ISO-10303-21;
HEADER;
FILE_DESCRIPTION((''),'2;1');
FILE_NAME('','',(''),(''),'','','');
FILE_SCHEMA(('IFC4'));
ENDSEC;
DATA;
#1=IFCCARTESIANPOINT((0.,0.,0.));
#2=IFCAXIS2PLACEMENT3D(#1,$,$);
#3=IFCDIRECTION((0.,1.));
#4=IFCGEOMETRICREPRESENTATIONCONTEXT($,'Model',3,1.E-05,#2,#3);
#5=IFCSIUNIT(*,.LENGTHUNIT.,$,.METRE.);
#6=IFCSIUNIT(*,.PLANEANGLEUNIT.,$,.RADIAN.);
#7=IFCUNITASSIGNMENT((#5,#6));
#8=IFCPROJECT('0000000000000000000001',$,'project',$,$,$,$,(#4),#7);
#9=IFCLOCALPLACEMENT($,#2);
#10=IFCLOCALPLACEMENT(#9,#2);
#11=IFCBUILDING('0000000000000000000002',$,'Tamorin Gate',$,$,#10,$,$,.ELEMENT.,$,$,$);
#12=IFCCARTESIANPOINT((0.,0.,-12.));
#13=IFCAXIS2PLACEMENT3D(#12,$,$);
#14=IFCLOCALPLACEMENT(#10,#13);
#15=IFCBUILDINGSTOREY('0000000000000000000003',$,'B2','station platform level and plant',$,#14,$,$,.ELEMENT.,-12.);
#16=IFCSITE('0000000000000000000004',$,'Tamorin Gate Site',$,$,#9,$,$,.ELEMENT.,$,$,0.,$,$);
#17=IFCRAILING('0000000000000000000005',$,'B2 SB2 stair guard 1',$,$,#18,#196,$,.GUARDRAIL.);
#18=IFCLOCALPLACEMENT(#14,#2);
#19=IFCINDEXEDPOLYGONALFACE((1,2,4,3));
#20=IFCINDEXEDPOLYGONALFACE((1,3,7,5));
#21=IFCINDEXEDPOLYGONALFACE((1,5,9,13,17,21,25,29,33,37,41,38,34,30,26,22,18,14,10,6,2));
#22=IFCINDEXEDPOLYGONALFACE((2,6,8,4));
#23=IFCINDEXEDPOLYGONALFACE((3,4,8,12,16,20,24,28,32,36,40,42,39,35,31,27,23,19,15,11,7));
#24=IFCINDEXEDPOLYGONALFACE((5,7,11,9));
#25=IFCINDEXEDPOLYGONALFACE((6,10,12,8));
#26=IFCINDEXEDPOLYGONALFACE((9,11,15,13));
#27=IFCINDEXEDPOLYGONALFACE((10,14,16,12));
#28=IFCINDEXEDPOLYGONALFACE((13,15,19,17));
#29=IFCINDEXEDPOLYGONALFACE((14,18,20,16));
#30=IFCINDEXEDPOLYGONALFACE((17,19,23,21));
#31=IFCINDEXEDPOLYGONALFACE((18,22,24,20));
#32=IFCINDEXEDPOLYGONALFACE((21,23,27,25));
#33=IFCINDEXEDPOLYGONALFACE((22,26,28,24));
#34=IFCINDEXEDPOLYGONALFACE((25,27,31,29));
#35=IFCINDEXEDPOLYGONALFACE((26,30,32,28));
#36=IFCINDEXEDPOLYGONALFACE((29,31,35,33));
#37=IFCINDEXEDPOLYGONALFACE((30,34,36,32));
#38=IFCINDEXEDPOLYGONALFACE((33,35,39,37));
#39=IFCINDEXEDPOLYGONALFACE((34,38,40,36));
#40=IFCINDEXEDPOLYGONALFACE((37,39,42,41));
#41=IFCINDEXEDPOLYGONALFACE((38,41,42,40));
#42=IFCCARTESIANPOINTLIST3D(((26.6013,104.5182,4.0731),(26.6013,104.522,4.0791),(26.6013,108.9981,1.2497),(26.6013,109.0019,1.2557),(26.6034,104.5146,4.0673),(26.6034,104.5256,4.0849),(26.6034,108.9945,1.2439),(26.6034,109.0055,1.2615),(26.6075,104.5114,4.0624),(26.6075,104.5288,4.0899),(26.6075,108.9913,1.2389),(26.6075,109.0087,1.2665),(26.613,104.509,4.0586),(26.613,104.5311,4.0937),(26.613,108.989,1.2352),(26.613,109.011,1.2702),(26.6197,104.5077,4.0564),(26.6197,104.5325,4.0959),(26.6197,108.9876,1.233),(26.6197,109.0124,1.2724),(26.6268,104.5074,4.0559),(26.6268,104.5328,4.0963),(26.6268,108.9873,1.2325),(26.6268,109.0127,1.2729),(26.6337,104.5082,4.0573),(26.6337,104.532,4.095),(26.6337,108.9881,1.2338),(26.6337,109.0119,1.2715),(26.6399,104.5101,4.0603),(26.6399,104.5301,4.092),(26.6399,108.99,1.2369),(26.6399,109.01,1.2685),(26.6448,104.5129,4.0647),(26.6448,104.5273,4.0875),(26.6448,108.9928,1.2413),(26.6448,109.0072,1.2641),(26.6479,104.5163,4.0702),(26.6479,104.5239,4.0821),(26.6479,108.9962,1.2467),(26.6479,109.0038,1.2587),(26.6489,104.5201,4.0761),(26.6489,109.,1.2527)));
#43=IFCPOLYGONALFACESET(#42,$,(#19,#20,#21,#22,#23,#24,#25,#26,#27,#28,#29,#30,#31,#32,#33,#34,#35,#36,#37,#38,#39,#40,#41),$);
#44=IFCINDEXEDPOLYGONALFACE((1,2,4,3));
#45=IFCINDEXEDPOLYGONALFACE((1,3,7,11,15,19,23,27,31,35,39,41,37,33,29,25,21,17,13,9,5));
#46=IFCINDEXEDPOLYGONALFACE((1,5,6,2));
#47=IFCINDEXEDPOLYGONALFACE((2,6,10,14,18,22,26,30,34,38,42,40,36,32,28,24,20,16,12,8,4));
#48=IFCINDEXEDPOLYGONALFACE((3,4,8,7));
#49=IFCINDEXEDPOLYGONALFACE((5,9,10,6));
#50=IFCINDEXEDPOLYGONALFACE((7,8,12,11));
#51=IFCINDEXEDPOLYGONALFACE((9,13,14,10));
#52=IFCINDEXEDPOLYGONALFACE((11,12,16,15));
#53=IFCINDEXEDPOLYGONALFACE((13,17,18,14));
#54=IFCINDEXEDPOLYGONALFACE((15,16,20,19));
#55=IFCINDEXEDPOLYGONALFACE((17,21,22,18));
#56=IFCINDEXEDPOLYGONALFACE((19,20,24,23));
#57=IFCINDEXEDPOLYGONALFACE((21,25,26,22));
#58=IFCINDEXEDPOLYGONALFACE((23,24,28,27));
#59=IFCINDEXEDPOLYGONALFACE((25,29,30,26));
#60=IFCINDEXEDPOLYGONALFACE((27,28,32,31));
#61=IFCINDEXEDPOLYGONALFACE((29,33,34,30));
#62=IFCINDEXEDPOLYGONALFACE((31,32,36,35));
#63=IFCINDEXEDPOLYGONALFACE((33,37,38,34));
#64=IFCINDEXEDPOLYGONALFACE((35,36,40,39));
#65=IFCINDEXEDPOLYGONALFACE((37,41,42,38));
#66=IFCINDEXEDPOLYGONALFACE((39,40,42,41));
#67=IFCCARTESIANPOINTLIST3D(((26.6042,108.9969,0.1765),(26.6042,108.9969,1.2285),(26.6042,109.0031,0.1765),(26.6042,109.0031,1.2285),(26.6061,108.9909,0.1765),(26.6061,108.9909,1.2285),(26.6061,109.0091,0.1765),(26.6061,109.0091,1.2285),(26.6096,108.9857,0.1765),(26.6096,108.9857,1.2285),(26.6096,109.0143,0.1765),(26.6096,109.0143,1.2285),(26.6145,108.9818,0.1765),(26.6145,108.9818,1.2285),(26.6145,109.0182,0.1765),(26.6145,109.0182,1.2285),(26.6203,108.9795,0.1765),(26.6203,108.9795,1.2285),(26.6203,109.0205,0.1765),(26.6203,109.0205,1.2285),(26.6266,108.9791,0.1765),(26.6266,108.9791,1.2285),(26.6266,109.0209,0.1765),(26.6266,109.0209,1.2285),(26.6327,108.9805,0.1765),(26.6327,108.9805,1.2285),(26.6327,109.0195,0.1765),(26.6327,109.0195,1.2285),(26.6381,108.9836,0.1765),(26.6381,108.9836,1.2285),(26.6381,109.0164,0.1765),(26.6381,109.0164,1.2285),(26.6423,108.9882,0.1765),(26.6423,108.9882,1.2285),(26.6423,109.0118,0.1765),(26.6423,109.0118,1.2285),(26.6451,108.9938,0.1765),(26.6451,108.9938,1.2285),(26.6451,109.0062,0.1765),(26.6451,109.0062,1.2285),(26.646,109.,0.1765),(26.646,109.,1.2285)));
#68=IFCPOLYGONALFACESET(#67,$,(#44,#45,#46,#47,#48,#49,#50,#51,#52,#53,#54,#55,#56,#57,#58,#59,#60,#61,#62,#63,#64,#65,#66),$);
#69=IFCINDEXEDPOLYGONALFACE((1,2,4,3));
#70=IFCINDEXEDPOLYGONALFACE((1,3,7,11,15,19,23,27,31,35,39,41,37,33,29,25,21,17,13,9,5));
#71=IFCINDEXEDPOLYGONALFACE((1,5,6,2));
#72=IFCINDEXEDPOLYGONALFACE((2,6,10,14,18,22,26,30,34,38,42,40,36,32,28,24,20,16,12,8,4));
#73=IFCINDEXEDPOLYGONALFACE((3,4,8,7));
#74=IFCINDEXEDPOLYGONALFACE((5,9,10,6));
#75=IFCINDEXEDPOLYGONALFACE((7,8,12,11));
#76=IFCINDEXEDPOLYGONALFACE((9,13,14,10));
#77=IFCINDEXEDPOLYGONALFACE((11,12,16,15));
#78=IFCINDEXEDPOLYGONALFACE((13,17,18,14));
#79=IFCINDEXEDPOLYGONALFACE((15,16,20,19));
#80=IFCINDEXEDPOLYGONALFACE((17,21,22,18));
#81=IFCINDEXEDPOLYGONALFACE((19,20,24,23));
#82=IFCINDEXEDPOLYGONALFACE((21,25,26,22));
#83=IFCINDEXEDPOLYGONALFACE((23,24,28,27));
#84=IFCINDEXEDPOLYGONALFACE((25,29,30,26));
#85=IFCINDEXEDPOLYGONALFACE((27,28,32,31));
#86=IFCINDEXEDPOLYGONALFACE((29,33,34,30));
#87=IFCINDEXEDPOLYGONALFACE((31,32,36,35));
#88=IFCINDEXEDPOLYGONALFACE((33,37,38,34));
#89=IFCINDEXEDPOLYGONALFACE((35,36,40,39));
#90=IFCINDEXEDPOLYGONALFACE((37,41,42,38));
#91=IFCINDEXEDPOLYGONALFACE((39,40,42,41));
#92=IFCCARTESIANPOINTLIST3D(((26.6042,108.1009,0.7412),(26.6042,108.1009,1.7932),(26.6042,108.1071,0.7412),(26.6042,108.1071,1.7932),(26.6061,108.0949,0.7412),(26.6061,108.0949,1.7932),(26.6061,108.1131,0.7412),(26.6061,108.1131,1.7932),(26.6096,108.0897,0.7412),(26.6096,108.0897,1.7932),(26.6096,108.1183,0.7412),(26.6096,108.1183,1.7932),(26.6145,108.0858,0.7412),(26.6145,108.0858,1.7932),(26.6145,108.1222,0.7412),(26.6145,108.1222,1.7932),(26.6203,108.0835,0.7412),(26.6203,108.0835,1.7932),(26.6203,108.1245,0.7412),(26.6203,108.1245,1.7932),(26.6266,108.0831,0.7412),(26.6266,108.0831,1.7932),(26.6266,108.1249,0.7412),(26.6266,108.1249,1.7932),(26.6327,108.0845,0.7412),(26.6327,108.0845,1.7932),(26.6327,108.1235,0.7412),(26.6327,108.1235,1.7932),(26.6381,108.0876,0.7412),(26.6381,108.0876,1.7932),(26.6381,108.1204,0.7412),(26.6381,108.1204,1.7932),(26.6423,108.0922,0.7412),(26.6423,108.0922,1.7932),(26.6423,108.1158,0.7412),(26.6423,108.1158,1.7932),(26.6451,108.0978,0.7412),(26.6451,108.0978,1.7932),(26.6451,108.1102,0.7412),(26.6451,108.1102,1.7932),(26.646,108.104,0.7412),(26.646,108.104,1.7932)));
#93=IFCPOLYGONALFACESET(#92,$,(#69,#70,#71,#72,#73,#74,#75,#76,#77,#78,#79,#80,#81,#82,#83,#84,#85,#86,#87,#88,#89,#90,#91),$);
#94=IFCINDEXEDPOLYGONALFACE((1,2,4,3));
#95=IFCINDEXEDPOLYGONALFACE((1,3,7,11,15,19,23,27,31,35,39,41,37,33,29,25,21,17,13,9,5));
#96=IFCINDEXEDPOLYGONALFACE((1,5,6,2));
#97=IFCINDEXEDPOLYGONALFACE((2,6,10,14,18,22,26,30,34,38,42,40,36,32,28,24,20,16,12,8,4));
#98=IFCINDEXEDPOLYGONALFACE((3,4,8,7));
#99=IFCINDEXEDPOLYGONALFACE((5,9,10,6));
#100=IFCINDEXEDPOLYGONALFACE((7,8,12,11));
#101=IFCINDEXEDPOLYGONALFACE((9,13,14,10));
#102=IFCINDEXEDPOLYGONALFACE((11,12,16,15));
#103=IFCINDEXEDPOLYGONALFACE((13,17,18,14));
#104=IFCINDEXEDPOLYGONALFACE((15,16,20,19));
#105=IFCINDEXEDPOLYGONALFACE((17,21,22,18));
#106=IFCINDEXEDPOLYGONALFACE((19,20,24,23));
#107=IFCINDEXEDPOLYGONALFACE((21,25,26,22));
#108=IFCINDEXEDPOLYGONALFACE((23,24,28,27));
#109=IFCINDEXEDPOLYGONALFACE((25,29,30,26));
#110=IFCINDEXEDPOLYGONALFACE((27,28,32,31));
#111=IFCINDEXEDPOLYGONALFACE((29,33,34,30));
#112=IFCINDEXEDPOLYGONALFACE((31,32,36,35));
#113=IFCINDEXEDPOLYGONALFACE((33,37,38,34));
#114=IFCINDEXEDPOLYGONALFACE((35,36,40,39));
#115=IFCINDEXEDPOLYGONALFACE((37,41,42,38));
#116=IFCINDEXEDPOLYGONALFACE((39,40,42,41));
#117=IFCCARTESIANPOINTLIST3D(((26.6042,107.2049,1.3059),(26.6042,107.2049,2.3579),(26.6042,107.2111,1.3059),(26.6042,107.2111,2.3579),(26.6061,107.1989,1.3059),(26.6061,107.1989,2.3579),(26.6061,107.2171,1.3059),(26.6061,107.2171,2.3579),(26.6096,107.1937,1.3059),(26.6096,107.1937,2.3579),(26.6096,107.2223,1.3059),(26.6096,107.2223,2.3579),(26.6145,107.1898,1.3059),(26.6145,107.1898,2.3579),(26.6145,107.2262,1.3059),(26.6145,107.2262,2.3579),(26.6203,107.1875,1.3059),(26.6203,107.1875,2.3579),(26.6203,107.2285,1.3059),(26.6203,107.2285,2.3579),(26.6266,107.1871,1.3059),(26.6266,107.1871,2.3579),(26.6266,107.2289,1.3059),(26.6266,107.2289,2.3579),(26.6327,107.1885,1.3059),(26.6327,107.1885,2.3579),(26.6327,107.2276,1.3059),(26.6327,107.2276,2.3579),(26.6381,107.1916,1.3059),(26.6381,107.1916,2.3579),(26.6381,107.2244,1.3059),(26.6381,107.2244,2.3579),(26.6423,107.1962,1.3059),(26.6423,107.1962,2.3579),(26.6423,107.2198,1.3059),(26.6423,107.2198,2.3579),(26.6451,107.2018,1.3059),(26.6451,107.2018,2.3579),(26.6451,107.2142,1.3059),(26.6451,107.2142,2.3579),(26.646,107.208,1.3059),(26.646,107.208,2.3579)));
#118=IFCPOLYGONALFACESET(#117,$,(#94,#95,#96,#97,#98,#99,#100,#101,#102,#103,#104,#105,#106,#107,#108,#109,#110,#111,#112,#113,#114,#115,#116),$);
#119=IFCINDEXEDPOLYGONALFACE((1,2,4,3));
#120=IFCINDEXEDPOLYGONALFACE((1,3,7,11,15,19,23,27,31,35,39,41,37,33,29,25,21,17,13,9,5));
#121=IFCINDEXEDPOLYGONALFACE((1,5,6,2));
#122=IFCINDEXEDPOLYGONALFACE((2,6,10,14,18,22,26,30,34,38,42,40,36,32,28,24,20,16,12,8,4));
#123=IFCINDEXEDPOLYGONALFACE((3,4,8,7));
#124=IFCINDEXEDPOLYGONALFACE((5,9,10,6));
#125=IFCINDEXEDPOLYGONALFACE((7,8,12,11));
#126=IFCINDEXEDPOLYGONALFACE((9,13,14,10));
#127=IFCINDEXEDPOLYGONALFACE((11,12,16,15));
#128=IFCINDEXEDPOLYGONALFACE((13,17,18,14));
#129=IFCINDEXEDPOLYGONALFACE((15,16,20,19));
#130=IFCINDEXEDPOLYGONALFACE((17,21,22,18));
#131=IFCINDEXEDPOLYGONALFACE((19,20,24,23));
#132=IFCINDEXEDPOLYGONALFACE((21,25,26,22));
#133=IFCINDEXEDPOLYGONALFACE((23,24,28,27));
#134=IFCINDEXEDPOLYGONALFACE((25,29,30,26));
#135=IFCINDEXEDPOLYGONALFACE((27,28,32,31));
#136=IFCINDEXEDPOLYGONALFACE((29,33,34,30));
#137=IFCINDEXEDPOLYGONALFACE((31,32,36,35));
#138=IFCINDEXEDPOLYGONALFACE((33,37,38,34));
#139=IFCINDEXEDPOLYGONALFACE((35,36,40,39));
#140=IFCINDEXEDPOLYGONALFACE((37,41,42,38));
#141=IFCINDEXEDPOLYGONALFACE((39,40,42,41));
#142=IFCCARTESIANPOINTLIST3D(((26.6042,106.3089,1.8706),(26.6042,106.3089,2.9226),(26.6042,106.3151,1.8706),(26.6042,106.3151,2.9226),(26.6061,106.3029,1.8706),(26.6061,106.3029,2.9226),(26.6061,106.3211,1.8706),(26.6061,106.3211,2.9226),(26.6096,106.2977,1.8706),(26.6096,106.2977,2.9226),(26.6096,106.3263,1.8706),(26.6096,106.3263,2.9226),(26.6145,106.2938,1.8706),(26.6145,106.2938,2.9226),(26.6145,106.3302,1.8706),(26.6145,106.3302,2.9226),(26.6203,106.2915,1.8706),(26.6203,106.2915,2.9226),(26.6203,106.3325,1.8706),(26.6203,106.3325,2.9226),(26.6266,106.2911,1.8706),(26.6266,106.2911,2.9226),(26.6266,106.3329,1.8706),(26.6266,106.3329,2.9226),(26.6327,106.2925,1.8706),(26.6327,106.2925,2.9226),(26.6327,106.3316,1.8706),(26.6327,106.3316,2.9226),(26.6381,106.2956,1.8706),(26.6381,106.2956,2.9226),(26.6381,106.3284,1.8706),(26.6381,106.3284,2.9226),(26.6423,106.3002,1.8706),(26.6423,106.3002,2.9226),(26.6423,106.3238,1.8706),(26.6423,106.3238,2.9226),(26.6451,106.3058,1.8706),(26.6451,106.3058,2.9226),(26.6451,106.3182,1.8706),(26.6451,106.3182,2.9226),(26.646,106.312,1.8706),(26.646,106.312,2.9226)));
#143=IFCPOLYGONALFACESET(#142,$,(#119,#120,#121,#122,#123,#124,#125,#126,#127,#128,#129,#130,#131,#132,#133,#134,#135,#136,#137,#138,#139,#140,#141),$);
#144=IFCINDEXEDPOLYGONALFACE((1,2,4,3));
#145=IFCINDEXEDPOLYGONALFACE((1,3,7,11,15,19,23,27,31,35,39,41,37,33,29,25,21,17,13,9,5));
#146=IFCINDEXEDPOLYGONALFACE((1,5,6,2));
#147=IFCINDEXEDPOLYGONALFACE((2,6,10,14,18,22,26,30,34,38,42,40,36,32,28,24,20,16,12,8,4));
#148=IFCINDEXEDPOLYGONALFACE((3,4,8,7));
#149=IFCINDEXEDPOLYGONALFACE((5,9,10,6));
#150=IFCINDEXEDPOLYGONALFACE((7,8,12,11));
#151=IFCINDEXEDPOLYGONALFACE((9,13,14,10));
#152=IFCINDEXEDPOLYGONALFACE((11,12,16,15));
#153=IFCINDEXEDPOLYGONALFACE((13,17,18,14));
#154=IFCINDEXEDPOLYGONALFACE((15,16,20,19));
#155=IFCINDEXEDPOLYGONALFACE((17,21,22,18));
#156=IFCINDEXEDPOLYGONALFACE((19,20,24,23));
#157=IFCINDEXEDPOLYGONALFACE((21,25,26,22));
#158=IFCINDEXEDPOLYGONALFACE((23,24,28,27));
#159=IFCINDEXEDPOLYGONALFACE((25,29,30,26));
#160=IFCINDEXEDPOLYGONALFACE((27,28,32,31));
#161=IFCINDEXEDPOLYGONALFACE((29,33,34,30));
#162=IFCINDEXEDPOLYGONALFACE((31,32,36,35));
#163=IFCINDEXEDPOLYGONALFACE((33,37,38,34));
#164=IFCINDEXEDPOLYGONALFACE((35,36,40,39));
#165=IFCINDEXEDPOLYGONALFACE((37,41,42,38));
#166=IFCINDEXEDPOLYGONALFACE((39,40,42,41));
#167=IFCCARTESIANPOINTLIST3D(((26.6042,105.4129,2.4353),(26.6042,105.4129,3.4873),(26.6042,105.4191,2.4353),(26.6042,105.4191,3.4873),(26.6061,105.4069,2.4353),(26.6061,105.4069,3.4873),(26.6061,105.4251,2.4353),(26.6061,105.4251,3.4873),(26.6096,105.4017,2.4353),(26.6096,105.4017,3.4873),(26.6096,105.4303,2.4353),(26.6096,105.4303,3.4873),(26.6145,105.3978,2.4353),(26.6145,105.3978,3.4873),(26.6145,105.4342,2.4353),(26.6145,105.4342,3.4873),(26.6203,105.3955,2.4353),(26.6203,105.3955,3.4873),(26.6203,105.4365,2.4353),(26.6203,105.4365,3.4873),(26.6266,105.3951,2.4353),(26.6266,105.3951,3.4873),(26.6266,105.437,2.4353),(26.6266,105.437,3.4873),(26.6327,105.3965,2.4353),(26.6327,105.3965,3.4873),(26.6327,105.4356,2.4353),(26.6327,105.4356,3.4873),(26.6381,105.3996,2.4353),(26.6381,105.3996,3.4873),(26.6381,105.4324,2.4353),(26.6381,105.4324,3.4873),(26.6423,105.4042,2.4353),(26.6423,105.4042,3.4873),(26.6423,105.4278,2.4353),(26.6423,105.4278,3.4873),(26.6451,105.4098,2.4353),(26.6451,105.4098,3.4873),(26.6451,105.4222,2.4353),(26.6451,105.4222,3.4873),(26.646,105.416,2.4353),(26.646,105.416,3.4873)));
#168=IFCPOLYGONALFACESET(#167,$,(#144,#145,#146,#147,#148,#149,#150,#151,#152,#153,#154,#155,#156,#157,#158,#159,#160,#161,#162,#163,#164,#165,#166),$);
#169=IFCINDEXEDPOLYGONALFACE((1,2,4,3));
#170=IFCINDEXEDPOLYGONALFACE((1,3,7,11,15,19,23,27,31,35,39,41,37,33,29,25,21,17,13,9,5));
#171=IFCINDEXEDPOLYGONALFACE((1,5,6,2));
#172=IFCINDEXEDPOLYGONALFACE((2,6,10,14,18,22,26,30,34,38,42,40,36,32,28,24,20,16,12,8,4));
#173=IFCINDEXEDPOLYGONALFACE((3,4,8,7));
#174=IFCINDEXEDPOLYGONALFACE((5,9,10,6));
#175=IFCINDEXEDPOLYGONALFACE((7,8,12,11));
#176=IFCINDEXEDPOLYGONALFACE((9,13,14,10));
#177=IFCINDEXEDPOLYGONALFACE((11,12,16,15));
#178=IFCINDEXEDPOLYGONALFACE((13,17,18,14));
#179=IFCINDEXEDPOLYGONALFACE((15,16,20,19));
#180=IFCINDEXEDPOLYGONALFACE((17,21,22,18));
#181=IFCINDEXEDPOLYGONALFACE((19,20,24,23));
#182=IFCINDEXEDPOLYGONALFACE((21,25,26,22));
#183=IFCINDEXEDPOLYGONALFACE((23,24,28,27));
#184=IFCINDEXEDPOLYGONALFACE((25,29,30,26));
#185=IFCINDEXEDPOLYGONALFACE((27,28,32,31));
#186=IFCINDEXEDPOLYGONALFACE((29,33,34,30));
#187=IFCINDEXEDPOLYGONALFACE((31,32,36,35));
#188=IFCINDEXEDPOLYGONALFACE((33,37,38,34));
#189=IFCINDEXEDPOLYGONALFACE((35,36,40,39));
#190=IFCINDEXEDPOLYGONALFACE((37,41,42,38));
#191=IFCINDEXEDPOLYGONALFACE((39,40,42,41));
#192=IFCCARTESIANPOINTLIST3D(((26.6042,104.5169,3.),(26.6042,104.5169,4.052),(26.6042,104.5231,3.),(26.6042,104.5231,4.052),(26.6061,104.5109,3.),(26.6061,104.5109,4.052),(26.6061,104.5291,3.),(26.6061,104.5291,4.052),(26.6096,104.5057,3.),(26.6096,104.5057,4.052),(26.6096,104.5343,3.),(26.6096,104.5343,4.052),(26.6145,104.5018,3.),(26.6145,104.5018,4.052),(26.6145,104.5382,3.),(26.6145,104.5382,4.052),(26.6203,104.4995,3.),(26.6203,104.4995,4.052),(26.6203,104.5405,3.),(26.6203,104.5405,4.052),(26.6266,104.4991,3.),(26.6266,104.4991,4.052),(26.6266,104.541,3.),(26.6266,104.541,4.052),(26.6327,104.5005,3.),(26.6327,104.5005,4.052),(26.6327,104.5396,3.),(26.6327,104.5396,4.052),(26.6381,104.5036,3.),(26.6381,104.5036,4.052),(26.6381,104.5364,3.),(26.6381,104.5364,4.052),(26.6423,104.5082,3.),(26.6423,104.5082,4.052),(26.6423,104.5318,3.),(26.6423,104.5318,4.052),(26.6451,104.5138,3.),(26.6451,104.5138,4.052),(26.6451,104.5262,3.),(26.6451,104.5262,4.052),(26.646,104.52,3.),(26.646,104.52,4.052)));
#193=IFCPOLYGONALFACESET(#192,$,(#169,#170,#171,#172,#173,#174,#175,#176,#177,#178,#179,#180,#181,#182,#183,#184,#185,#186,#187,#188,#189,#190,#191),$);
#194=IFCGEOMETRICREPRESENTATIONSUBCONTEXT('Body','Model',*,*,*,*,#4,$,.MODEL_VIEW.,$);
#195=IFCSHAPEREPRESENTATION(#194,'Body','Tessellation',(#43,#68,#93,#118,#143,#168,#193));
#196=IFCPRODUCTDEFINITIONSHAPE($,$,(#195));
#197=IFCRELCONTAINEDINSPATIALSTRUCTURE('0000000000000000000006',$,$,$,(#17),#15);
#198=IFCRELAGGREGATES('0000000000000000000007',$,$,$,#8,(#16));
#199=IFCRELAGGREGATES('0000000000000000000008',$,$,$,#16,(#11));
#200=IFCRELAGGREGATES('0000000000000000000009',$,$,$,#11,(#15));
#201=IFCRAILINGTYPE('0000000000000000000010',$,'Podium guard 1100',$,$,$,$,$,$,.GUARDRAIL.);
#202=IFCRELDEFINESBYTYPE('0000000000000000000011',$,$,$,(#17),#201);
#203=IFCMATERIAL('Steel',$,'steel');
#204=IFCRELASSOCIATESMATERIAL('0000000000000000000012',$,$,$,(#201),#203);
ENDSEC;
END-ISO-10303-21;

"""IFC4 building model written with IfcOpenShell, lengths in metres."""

from ifc_helpers import new_model, si_unit, direction, frame, origin, origin_2d, place, context, subcontext, project, spatial, circle, extrude, material, type_object, element, save


model = new_model("IFC4")

# Units and contexts
model_context = context("Model", 3, precision=1e-05, world=origin(), true_north=direction((0.0, 1.0)))
body_context = subcontext(model_context, "Body", "Model", "MODEL_VIEW")
ifc_project = project(units=[si_unit("LENGTHUNIT", "METRE"), si_unit("PLANEANGLEUNIT", "RADIAN")], contexts=[model_context])

# Site, building, storey
site_placement = place(None, origin())
site = spatial("IfcSite", under=ifc_project, at=site_placement, Name="Tamorin Gate Site", CompositionType="ELEMENT", RefElevation=0.0)
building_placement = place(site_placement, origin())
building = spatial("IfcBuilding", under=site, at=building_placement, Name="Tamorin Gate", CompositionType="ELEMENT")
storey_placement = place(building_placement, frame((0.0, 0.0, -12.0)))
storey = spatial("IfcBuildingStorey", under=building, at=storey_placement, Name="B2", Description="station platform level and plant", CompositionType="ELEMENT", Elevation=-12.0)

# Railing
ifc_material_1 = material(Name="Steel", Category="steel")
railing_type_1 = type_object("IfcRailingType", Name="Podium guard 1100", PredefinedType="GUARDRAIL", material=ifc_material_1)
railing_1_placement = place(storey_placement, frame((26.625, 109.0, 0.1765)))
element("IfcRailing", 1, at=railing_1_placement, inside=storey, type_object=railing_type_1, Name="B2 SB2 stair guard 1", PredefinedType="GUARDRAIL", context=body_context, shape_type="SweptSolid", body=[
    extrude(circle(Radius=0.0239, at=origin_2d()), frame((0.0, 0.0, 1.0762), z_axis=(0.0, -0.845998, 0.533186), x_axis=(1.0, 0.0, 0.0)), (0.0, 0.0, 1.0), 5.2954),
    extrude(circle(Radius=0.021, at=origin_2d()), origin(), (0.0, 0.0, 1.0), 1.052),
    extrude(circle(Radius=0.021, at=origin_2d()), frame((0.0, -0.896, 0.5647)), (0.0, 0.0, 1.0), 1.052),
    extrude(circle(Radius=0.021, at=origin_2d()), frame((0.0, -1.792, 1.1294)), (0.0, 0.0, 1.0), 1.052),
    extrude(circle(Radius=0.021, at=origin_2d()), frame((0.0, -2.688, 1.6941)), (0.0, 0.0, 1.0), 1.052),
    extrude(circle(Radius=0.021, at=origin_2d()), frame((0.0, -3.584, 2.2588)), (0.0, 0.0, 1.0), 1.052),
    extrude(circle(Radius=0.021, at=origin_2d()), frame((0.0, -4.48, 2.8235)), (0.0, 0.0, 1.0), 1.052),
])

save(model, "model.ifc")
